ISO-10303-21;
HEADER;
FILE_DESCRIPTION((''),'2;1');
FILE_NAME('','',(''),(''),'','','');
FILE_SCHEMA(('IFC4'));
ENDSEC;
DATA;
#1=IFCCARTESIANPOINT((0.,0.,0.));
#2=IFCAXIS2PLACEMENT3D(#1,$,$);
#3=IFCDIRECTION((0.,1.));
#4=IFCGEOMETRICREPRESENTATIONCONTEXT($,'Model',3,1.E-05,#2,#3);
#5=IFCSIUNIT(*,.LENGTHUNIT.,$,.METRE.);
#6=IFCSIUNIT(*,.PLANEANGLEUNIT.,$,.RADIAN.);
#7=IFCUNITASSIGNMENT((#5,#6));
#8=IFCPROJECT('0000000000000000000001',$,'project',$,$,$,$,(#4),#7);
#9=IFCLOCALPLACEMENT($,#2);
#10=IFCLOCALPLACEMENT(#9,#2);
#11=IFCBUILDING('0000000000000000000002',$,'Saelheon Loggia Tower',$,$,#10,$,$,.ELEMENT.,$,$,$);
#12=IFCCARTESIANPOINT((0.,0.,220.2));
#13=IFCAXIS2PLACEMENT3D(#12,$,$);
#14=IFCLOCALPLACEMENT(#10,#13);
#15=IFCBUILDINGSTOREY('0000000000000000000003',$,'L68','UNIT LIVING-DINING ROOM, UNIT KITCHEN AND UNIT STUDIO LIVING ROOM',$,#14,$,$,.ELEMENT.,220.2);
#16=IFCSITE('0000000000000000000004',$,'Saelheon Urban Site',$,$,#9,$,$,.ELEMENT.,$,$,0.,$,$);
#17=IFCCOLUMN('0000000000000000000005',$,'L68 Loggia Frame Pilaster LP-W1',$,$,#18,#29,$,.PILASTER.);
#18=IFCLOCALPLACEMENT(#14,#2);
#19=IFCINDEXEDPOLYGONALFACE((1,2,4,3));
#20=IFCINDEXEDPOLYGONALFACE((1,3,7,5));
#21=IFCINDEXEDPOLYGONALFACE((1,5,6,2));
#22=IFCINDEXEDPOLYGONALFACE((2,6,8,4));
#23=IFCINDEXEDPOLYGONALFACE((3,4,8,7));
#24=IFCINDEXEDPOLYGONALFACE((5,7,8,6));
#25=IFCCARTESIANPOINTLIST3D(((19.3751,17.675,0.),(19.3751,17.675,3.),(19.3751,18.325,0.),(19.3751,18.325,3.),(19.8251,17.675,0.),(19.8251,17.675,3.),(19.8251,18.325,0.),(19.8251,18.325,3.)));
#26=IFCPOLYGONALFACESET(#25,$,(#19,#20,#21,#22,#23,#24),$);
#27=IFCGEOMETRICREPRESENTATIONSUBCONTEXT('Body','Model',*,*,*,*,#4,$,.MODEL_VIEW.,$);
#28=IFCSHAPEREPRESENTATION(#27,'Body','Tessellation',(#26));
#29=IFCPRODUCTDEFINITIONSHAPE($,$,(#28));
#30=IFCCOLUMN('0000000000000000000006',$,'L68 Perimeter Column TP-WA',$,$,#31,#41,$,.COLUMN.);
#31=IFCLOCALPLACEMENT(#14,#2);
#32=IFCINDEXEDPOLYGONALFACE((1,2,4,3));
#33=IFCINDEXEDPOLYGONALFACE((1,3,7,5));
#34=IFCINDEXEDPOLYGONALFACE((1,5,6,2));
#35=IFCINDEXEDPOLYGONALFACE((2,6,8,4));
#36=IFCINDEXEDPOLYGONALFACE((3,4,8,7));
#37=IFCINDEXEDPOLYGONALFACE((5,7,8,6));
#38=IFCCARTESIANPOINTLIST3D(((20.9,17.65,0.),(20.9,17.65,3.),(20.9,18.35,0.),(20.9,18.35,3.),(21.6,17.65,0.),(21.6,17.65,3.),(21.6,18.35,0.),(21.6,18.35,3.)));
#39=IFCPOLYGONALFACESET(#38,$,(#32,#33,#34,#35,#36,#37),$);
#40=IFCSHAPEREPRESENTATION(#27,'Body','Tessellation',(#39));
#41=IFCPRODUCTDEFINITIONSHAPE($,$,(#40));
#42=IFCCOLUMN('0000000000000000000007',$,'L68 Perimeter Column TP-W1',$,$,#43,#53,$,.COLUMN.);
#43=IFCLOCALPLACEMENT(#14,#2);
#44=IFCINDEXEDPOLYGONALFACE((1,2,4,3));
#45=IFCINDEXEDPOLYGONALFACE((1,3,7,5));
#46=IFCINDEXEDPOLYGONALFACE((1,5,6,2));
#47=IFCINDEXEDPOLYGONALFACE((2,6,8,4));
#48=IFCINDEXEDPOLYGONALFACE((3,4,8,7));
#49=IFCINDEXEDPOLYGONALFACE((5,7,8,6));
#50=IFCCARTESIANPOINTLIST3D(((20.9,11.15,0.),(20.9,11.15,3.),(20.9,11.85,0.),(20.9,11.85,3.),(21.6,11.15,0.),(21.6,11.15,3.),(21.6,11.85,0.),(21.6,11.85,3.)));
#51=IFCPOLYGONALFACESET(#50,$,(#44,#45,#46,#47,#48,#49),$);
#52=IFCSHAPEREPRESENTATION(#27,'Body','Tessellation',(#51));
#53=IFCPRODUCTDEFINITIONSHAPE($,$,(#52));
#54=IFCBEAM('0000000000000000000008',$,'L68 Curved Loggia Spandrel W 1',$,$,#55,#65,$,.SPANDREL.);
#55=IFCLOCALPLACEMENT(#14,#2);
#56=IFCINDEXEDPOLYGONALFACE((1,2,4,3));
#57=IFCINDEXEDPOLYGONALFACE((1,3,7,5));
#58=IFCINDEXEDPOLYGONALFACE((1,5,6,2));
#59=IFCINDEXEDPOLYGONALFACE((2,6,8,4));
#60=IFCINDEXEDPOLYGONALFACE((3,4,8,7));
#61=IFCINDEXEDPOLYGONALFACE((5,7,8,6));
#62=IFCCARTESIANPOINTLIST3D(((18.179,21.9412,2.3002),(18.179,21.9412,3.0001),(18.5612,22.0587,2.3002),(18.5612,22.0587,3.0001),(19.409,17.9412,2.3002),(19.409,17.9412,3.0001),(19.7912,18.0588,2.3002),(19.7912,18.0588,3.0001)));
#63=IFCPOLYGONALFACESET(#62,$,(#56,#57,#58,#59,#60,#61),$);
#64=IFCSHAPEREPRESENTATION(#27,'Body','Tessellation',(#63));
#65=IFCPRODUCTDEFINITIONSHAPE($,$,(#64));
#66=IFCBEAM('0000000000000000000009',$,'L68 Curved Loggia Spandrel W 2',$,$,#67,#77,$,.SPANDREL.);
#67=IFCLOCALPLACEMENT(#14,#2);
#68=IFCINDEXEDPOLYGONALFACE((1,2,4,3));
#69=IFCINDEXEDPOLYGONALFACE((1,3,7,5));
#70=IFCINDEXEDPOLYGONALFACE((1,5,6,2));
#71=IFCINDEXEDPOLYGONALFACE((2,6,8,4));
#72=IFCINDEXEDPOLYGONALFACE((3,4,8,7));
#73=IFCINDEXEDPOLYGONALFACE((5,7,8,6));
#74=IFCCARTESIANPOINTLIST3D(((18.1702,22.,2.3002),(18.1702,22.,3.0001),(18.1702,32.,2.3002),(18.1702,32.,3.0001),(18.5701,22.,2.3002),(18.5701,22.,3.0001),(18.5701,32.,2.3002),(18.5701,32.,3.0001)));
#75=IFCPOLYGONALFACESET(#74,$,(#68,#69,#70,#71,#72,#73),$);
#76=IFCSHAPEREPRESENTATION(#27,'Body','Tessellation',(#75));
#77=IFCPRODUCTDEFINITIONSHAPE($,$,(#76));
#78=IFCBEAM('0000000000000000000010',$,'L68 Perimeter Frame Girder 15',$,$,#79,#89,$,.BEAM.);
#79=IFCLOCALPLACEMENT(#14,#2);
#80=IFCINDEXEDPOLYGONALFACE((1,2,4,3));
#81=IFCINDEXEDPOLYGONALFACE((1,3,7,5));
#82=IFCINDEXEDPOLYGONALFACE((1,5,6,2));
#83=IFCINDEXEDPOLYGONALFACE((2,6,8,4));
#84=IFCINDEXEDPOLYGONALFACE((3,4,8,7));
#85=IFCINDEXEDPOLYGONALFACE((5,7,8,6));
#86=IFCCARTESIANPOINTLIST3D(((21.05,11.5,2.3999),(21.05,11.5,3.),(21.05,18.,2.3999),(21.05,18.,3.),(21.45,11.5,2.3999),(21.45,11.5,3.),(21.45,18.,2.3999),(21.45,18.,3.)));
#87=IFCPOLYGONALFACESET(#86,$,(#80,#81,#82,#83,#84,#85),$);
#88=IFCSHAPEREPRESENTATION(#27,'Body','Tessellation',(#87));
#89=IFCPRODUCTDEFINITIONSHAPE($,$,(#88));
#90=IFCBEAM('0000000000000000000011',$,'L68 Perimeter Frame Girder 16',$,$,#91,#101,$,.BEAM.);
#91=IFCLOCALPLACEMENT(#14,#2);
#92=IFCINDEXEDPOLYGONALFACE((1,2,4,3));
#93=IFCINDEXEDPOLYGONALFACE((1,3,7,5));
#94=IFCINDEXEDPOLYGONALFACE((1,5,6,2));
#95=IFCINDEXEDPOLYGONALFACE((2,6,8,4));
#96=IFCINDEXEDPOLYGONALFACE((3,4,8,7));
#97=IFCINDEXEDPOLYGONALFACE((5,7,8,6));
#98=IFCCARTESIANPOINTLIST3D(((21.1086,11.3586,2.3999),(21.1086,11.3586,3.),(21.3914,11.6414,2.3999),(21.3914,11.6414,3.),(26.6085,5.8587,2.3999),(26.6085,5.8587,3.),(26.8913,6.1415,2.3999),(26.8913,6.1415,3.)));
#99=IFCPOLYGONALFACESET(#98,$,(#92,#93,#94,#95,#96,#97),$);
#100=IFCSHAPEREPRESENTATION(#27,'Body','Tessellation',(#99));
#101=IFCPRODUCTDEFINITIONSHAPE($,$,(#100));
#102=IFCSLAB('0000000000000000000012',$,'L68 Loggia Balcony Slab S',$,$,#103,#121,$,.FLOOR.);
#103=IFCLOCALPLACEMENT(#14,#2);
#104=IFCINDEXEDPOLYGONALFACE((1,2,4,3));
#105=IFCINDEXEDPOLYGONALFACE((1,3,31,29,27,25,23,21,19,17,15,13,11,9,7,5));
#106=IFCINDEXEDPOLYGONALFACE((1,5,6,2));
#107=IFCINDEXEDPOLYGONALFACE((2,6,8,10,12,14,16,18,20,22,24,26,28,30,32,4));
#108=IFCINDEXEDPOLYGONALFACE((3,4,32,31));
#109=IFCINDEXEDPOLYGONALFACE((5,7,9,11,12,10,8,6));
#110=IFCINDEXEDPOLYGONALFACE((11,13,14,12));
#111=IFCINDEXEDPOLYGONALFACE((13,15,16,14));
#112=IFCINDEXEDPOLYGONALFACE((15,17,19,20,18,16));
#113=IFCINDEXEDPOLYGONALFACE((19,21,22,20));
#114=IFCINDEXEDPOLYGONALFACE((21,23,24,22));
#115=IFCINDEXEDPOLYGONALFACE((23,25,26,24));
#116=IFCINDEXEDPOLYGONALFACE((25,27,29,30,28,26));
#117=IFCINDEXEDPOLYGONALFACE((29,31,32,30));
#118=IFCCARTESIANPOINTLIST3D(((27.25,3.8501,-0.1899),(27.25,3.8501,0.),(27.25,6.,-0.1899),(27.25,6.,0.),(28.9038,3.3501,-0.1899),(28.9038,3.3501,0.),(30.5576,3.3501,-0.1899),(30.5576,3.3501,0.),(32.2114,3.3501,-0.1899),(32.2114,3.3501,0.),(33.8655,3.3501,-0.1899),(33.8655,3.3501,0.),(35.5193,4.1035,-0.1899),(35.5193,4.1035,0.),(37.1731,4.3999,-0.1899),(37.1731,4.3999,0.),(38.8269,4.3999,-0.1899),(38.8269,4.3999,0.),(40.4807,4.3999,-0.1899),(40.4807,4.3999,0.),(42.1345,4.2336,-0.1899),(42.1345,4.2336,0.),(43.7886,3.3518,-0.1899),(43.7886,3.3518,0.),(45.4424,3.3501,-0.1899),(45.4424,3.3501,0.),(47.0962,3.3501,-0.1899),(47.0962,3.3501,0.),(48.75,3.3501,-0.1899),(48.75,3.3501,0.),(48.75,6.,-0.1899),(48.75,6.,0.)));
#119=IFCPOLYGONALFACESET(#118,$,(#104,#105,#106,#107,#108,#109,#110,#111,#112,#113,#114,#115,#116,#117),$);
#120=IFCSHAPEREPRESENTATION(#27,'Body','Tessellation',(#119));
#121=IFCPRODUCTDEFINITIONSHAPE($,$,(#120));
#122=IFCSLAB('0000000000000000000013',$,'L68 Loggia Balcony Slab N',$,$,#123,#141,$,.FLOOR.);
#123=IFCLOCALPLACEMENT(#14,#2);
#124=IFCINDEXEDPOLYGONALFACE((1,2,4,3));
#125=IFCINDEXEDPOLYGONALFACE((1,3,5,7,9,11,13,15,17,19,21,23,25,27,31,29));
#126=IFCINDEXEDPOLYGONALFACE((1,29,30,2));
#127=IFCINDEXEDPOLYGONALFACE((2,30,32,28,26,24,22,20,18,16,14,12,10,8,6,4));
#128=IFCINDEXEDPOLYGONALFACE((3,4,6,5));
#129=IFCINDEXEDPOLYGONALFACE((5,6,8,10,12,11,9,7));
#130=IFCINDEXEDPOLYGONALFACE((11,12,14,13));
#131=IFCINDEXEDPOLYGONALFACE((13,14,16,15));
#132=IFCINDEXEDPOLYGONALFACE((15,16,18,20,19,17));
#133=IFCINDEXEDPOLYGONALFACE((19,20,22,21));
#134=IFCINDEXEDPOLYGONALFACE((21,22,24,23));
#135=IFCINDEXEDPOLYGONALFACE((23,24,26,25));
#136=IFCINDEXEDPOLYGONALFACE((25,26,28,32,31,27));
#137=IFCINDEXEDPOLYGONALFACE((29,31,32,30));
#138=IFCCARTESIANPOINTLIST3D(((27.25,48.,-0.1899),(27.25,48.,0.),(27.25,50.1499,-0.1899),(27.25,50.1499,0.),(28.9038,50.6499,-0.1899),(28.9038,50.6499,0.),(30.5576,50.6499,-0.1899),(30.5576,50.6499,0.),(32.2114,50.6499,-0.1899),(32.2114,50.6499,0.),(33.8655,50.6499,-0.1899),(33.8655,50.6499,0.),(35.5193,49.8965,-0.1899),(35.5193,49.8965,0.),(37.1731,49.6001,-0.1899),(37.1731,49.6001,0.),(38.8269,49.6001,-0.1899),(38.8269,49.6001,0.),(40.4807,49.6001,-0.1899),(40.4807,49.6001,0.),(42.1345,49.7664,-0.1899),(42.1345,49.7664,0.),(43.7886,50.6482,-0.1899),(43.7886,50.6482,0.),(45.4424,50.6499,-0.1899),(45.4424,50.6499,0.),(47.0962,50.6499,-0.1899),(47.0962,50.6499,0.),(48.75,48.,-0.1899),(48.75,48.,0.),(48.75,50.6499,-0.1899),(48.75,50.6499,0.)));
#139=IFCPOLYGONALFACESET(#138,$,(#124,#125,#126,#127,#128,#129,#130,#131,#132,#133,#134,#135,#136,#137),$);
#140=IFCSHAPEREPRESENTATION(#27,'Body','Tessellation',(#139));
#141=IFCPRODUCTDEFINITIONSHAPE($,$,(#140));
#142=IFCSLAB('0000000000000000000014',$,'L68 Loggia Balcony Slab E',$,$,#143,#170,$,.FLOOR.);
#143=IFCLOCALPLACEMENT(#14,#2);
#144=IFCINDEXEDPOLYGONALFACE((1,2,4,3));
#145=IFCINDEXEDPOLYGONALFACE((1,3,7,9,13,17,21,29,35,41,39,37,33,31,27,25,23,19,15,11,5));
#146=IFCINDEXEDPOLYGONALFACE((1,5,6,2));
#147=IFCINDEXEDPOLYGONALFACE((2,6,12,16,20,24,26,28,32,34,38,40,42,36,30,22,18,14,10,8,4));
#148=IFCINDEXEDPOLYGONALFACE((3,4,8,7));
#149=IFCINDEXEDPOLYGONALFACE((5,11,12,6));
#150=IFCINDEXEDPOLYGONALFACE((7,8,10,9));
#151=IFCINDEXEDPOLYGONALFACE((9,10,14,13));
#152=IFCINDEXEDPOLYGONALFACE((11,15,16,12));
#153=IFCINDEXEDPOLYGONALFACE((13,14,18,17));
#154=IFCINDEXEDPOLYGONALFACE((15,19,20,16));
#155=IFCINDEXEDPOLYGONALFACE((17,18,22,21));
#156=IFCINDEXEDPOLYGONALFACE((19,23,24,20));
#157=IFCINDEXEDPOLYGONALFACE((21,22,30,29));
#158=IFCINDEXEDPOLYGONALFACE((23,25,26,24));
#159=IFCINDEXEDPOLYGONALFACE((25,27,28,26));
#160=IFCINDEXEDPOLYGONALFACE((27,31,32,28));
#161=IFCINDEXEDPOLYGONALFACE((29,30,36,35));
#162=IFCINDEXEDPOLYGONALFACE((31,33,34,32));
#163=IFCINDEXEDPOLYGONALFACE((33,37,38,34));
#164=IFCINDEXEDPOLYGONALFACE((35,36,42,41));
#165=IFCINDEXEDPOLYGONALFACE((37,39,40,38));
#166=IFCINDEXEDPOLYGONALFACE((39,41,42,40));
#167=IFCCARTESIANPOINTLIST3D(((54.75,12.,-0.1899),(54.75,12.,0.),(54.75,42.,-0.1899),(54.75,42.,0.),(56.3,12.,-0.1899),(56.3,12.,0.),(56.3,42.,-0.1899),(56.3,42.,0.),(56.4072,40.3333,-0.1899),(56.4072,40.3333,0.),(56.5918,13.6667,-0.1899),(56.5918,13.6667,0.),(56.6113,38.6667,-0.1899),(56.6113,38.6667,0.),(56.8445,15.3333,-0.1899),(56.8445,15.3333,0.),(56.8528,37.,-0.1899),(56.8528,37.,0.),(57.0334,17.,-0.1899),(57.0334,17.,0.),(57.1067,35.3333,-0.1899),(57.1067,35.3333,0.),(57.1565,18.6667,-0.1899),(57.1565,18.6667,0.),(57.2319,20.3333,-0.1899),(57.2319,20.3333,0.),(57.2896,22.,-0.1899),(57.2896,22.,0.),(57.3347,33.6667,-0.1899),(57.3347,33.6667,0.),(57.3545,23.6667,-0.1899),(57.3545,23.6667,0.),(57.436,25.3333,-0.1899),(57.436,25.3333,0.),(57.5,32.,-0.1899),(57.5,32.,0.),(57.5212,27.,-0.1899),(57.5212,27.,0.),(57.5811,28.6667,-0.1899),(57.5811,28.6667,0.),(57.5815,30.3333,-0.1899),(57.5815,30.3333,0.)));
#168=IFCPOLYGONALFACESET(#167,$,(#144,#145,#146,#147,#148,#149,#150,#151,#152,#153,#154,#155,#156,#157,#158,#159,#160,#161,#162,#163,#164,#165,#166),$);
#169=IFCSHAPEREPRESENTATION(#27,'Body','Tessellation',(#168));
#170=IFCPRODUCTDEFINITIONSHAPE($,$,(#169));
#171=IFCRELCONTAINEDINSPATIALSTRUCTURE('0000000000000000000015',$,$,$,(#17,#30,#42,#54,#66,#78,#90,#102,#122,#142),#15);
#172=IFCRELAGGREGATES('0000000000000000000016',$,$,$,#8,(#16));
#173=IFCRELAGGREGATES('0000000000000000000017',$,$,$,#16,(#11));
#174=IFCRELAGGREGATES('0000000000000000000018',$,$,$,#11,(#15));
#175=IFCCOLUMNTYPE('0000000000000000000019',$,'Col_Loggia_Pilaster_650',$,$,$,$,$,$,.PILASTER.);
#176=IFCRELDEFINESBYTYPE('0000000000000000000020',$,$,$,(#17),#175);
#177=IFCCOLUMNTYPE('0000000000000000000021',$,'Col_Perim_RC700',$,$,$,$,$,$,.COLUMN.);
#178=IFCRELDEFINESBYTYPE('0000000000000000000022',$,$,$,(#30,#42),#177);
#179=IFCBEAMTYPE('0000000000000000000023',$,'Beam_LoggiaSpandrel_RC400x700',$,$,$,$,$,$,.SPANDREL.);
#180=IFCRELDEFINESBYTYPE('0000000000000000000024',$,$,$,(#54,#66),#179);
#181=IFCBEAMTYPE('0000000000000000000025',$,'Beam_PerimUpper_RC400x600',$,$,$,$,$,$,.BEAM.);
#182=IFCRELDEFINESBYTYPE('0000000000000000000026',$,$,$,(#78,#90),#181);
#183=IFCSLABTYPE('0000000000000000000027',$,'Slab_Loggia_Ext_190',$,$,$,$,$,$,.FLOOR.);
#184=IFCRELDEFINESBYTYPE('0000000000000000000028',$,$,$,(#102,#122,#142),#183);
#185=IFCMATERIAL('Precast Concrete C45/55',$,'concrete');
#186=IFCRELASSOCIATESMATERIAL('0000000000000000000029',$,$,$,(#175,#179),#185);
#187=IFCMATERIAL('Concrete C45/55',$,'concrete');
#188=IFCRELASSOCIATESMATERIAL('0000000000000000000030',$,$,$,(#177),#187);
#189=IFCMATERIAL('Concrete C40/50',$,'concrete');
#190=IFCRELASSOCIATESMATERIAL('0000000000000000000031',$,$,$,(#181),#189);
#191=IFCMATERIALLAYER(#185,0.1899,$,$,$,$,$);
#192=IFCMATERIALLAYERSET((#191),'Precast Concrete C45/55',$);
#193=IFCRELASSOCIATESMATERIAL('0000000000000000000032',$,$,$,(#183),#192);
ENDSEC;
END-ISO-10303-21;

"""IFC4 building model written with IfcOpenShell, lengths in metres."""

from ifc_helpers import new_model, si_unit, direction, frame, origin, origin_2d, place, context, subcontext, project, spatial, polyline, rectangle, outline, extrude, source, transform, mapped, material, layer, layer_set, material_profile, profile_set, type_object, element, save


model = new_model("IFC4")

# Units and contexts
model_context = context("Model", 3, precision=1e-05, world=origin(), true_north=direction((0.0, 1.0)))
body_context = subcontext(model_context, "Body", "Model", "MODEL_VIEW")
ifc_project = project(units=[si_unit("LENGTHUNIT", "METRE"), si_unit("PLANEANGLEUNIT", "RADIAN")], contexts=[model_context])

# Site, building, storey
site_placement = place(None, origin())
site = spatial("IfcSite", under=ifc_project, at=site_placement, Name="Saelheon Urban Site", CompositionType="ELEMENT", RefElevation=0.0)
building_placement = place(site_placement, origin())
building = spatial("IfcBuilding", under=site, at=building_placement, Name="Saelheon Loggia Tower", CompositionType="ELEMENT")
storey_placement = place(building_placement, frame((0.0, 0.0, 220.2)))
storey = spatial("IfcBuildingStorey", under=building, at=storey_placement, Name="L68", Description="UNIT LIVING-DINING ROOM, UNIT KITCHEN AND UNIT STUDIO LIVING ROOM", CompositionType="ELEMENT", Elevation=220.2)

# Columns
ifc_material_1 = material(Name="Precast Concrete C45/55", Category="concrete")
ifc_material_profile_1 = material_profile(ifc_material_1, rectangle(XDim=0.45, YDim=0.6499, at=origin_2d()), Name="RC-450x650")
ifc_profile_set_1 = profile_set([ifc_material_profile_1], Name="Precast Concrete C45/55")
column_type_1 = type_object("IfcColumnType", Name="Col_Loggia_Pilaster_650", PredefinedType="PILASTER", material=ifc_profile_set_1)
shared_shape_1 = source(origin(), body_context, "Body", "SweptSolid", [
    extrude(rectangle(XDim=0.45, YDim=0.6499, at=origin_2d()), origin(), (0.0, 0.0, 1.0), 3.0),
])
column_placement = place(storey_placement, frame((19.6001, 18.0, 0.0), z_axis=(0.0, 0.0, 1.0), x_axis=(1.0, 0.0, 0.0)))
element("IfcColumn", 1, at=column_placement, inside=storey, type_object=column_type_1, Name="L68 Loggia Frame Pilaster LP-W1", PredefinedType="PILASTER", context=body_context, shape_type="MappedRepresentation", body=[
    mapped(shared_shape_1, transform((0.0, 0.0, 0.0), scale=1.0)),
])
ifc_material_2 = material(Name="Concrete C45/55", Category="concrete")
ifc_material_profile_2 = material_profile(ifc_material_2, rectangle(XDim=0.7, YDim=0.7, at=origin_2d()), Name="RC-700x700")
ifc_profile_set_2 = profile_set([ifc_material_profile_2], Name="Concrete C45/55")
column_type_2 = type_object("IfcColumnType", Name="Col_Perim_RC700", PredefinedType="COLUMN", material=ifc_profile_set_2)
shared_shape_2 = source(origin(), body_context, "Body", "SweptSolid", [
    extrude(rectangle(XDim=0.7, YDim=0.7, at=origin_2d()), origin(), (0.0, 0.0, 1.0), 3.0),
])
for number, where, z_axis, x_axis, name in (
    (2, (21.25, 18.0, 0.0), (0.0, 0.0, 1.0), (1.0, 0.0, 0.0), "L68 Perimeter Column TP-WA"),
    (3, (21.25, 11.5, 0.0), (0.0, 0.0, 1.0), (1.0, 0.0, 0.0), "L68 Perimeter Column TP-W1"),
):
    element("IfcColumn", number, at=place(storey_placement, frame(where, z_axis=z_axis, x_axis=x_axis)), inside=storey, type_object=column_type_2, Name=name, PredefinedType="COLUMN", context=body_context, shape_type="MappedRepresentation", body=[
        mapped(shared_shape_2, transform((0.0, 0.0, 0.0), scale=1.0)),
    ])

# Beams
ifc_material_profile_3 = material_profile(ifc_material_1, rectangle(XDim=0.3999, YDim=0.7, at=origin_2d()), Name="RC-400x700")
ifc_profile_set_3 = profile_set([ifc_material_profile_3], Name="Precast Concrete C45/55")
beam_type_1 = type_object("IfcBeamType", Name="Beam_LoggiaSpandrel_RC400x700", PredefinedType="SPANDREL", material=ifc_profile_set_3)
shared_shape_3 = source(origin(), body_context, "Body", "SweptSolid", [
    extrude(rectangle(XDim=0.3999, YDim=0.7, at=origin_2d()), origin(), (0.0, 0.0, 1.0), 4.1848),
])
beam_1_placement = place(storey_placement, frame((19.6001, 18.0, 2.6501), z_axis=(-0.293914, 0.955832, 0.0), x_axis=(-0.955832, -0.293914, 0.0)))
element("IfcBeam", 4, at=beam_1_placement, inside=storey, type_object=beam_type_1, Name="L68 Curved Loggia Spandrel W 1", PredefinedType="SPANDREL", context=body_context, shape_type="MappedRepresentation", body=[
    mapped(shared_shape_3, transform((0.0, 0.0, 0.0), scale=1.0)),
])
shared_shape_4 = source(origin(), body_context, "Body", "SweptSolid", [
    extrude(rectangle(XDim=0.3999, YDim=0.7, at=origin_2d()), origin(), (0.0, 0.0, 1.0), 10.0),
])
beam_2_placement = place(storey_placement, frame((18.3701, 22.0, 2.6501), z_axis=(0.0, 1.0, 0.0), x_axis=(-1.0, 0.0, 0.0)))
element("IfcBeam", 5, at=beam_2_placement, inside=storey, type_object=beam_type_1, Name="L68 Curved Loggia Spandrel W 2", PredefinedType="SPANDREL", context=body_context, shape_type="MappedRepresentation", body=[
    mapped(shared_shape_4, transform((0.0, 0.0, 0.0), scale=1.0)),
])
ifc_material_3 = material(Name="Concrete C40/50", Category="concrete")
ifc_material_profile_4 = material_profile(ifc_material_3, rectangle(XDim=0.3999, YDim=0.6001, at=origin_2d()), Name="RC-400x600")
ifc_profile_set_4 = profile_set([ifc_material_profile_4], Name="Concrete C40/50")
beam_type_2 = type_object("IfcBeamType", Name="Beam_PerimUpper_RC400x600", PredefinedType="BEAM", material=ifc_profile_set_4)
shared_shape_5 = source(origin(), body_context, "Body", "SweptSolid", [
    extrude(rectangle(XDim=0.3999, YDim=0.6001, at=origin_2d()), origin(), (0.0, 0.0, 1.0), 6.5),
])
beam_3_placement = place(storey_placement, frame((21.25, 18.0, 2.7), z_axis=(0.0, -1.0, 0.0), x_axis=(1.0, 0.0, 0.0)))
element("IfcBeam", 6, at=beam_3_placement, inside=storey, type_object=beam_type_2, Name="L68 Perimeter Frame Girder 15", PredefinedType="BEAM", context=body_context, shape_type="MappedRepresentation", body=[
    mapped(shared_shape_5, transform((0.0, 0.0, 0.0), scale=1.0)),
])
shared_shape_6 = source(origin(), body_context, "Body", "SweptSolid", [
    extrude(rectangle(XDim=0.3999, YDim=0.6001, at=origin_2d()), origin(), (0.0, 0.0, 1.0), 7.7781),
])
beam_4_placement = place(storey_placement, frame((21.25, 11.5, 2.7), z_axis=(0.707107, -0.707107, 0.0), x_axis=(0.707107, 0.707107, 0.0)))
element("IfcBeam", 7, at=beam_4_placement, inside=storey, type_object=beam_type_2, Name="L68 Perimeter Frame Girder 16", PredefinedType="BEAM", context=body_context, shape_type="MappedRepresentation", body=[
    mapped(shared_shape_6, transform((0.0, 0.0, 0.0), scale=1.0)),
])

# Slabs
ifc_layer_1 = layer(ifc_material_1, 0.1899)
ifc_layer_set_1 = layer_set([ifc_layer_1], Name="Precast Concrete C45/55")
slab_type_1 = type_object("IfcSlabType", Name="Slab_Loggia_Ext_190", PredefinedType="FLOOR", material=ifc_layer_set_1)
slab_1_placement = place(storey_placement, frame((0.0, 0.0, -0.1899)))
element("IfcSlab", 8, at=slab_1_placement, inside=storey, type_object=slab_type_1, Name="L68 Loggia Balcony Slab S", PredefinedType="FLOOR", context=body_context, shape_type="SweptSolid", body=[
    extrude(outline(polyline([(27.25, 3.8501), (28.9038, 3.3501), (30.5576, 3.3501), (32.2114, 3.3501), (33.8655, 3.3501), (35.5193, 4.1035), (37.1731, 4.3999), (38.8269, 4.3999), (40.4807, 4.3999), (42.1345, 4.2336), (43.7886, 3.3518), (45.4424, 3.3501), (47.0962, 3.3501), (48.75, 3.3501), (48.75, 6.0), (27.25, 6.0), (27.25, 3.8501)])), origin(), (0.0, 0.0, 1.0), 0.1899),
])
slab_2_placement = place(storey_placement, frame((0.0, 0.0, -0.1899)))
element("IfcSlab", 9, at=slab_2_placement, inside=storey, type_object=slab_type_1, Name="L68 Loggia Balcony Slab N", PredefinedType="FLOOR", context=body_context, shape_type="SweptSolid", body=[
    extrude(outline(polyline([(27.25, 48.0), (48.75, 48.0), (48.75, 50.6499), (47.0962, 50.6499), (45.4424, 50.6499), (43.7886, 50.6482), (42.1345, 49.7664), (40.4807, 49.6001), (38.8269, 49.6001), (37.1731, 49.6001), (35.5193, 49.8965), (33.8655, 50.6499), (32.2114, 50.6499), (30.5576, 50.6499), (28.9038, 50.6499), (27.25, 50.1499), (27.25, 48.0)])), origin(), (0.0, 0.0, 1.0), 0.1899),
])
slab_3_placement = place(storey_placement, frame((0.0, 0.0, -0.1899)))
element("IfcSlab", 10, at=slab_3_placement, inside=storey, type_object=slab_type_1, Name="L68 Loggia Balcony Slab E", PredefinedType="FLOOR", context=body_context, shape_type="SweptSolid", body=[
    extrude(outline(polyline([(54.75, 12.0), (56.3, 12.0), (56.5918, 13.6667), (56.8445, 15.3333), (57.0334, 17.0), (57.1565, 18.6667), (57.2319, 20.3333), (57.2896, 22.0), (57.3545, 23.6667), (57.436, 25.3333), (57.5212, 27.0), (57.5811, 28.6667), (57.5815, 30.3333), (57.5, 32.0), (57.3347, 33.6667), (57.1067, 35.3333), (56.8528, 37.0), (56.6113, 38.6667), (56.4072, 40.3333), (56.3, 42.0), (54.75, 42.0), (54.75, 12.0)])), origin(), (0.0, 0.0, 1.0), 0.1899),
])

save(model, "model.ifc")
